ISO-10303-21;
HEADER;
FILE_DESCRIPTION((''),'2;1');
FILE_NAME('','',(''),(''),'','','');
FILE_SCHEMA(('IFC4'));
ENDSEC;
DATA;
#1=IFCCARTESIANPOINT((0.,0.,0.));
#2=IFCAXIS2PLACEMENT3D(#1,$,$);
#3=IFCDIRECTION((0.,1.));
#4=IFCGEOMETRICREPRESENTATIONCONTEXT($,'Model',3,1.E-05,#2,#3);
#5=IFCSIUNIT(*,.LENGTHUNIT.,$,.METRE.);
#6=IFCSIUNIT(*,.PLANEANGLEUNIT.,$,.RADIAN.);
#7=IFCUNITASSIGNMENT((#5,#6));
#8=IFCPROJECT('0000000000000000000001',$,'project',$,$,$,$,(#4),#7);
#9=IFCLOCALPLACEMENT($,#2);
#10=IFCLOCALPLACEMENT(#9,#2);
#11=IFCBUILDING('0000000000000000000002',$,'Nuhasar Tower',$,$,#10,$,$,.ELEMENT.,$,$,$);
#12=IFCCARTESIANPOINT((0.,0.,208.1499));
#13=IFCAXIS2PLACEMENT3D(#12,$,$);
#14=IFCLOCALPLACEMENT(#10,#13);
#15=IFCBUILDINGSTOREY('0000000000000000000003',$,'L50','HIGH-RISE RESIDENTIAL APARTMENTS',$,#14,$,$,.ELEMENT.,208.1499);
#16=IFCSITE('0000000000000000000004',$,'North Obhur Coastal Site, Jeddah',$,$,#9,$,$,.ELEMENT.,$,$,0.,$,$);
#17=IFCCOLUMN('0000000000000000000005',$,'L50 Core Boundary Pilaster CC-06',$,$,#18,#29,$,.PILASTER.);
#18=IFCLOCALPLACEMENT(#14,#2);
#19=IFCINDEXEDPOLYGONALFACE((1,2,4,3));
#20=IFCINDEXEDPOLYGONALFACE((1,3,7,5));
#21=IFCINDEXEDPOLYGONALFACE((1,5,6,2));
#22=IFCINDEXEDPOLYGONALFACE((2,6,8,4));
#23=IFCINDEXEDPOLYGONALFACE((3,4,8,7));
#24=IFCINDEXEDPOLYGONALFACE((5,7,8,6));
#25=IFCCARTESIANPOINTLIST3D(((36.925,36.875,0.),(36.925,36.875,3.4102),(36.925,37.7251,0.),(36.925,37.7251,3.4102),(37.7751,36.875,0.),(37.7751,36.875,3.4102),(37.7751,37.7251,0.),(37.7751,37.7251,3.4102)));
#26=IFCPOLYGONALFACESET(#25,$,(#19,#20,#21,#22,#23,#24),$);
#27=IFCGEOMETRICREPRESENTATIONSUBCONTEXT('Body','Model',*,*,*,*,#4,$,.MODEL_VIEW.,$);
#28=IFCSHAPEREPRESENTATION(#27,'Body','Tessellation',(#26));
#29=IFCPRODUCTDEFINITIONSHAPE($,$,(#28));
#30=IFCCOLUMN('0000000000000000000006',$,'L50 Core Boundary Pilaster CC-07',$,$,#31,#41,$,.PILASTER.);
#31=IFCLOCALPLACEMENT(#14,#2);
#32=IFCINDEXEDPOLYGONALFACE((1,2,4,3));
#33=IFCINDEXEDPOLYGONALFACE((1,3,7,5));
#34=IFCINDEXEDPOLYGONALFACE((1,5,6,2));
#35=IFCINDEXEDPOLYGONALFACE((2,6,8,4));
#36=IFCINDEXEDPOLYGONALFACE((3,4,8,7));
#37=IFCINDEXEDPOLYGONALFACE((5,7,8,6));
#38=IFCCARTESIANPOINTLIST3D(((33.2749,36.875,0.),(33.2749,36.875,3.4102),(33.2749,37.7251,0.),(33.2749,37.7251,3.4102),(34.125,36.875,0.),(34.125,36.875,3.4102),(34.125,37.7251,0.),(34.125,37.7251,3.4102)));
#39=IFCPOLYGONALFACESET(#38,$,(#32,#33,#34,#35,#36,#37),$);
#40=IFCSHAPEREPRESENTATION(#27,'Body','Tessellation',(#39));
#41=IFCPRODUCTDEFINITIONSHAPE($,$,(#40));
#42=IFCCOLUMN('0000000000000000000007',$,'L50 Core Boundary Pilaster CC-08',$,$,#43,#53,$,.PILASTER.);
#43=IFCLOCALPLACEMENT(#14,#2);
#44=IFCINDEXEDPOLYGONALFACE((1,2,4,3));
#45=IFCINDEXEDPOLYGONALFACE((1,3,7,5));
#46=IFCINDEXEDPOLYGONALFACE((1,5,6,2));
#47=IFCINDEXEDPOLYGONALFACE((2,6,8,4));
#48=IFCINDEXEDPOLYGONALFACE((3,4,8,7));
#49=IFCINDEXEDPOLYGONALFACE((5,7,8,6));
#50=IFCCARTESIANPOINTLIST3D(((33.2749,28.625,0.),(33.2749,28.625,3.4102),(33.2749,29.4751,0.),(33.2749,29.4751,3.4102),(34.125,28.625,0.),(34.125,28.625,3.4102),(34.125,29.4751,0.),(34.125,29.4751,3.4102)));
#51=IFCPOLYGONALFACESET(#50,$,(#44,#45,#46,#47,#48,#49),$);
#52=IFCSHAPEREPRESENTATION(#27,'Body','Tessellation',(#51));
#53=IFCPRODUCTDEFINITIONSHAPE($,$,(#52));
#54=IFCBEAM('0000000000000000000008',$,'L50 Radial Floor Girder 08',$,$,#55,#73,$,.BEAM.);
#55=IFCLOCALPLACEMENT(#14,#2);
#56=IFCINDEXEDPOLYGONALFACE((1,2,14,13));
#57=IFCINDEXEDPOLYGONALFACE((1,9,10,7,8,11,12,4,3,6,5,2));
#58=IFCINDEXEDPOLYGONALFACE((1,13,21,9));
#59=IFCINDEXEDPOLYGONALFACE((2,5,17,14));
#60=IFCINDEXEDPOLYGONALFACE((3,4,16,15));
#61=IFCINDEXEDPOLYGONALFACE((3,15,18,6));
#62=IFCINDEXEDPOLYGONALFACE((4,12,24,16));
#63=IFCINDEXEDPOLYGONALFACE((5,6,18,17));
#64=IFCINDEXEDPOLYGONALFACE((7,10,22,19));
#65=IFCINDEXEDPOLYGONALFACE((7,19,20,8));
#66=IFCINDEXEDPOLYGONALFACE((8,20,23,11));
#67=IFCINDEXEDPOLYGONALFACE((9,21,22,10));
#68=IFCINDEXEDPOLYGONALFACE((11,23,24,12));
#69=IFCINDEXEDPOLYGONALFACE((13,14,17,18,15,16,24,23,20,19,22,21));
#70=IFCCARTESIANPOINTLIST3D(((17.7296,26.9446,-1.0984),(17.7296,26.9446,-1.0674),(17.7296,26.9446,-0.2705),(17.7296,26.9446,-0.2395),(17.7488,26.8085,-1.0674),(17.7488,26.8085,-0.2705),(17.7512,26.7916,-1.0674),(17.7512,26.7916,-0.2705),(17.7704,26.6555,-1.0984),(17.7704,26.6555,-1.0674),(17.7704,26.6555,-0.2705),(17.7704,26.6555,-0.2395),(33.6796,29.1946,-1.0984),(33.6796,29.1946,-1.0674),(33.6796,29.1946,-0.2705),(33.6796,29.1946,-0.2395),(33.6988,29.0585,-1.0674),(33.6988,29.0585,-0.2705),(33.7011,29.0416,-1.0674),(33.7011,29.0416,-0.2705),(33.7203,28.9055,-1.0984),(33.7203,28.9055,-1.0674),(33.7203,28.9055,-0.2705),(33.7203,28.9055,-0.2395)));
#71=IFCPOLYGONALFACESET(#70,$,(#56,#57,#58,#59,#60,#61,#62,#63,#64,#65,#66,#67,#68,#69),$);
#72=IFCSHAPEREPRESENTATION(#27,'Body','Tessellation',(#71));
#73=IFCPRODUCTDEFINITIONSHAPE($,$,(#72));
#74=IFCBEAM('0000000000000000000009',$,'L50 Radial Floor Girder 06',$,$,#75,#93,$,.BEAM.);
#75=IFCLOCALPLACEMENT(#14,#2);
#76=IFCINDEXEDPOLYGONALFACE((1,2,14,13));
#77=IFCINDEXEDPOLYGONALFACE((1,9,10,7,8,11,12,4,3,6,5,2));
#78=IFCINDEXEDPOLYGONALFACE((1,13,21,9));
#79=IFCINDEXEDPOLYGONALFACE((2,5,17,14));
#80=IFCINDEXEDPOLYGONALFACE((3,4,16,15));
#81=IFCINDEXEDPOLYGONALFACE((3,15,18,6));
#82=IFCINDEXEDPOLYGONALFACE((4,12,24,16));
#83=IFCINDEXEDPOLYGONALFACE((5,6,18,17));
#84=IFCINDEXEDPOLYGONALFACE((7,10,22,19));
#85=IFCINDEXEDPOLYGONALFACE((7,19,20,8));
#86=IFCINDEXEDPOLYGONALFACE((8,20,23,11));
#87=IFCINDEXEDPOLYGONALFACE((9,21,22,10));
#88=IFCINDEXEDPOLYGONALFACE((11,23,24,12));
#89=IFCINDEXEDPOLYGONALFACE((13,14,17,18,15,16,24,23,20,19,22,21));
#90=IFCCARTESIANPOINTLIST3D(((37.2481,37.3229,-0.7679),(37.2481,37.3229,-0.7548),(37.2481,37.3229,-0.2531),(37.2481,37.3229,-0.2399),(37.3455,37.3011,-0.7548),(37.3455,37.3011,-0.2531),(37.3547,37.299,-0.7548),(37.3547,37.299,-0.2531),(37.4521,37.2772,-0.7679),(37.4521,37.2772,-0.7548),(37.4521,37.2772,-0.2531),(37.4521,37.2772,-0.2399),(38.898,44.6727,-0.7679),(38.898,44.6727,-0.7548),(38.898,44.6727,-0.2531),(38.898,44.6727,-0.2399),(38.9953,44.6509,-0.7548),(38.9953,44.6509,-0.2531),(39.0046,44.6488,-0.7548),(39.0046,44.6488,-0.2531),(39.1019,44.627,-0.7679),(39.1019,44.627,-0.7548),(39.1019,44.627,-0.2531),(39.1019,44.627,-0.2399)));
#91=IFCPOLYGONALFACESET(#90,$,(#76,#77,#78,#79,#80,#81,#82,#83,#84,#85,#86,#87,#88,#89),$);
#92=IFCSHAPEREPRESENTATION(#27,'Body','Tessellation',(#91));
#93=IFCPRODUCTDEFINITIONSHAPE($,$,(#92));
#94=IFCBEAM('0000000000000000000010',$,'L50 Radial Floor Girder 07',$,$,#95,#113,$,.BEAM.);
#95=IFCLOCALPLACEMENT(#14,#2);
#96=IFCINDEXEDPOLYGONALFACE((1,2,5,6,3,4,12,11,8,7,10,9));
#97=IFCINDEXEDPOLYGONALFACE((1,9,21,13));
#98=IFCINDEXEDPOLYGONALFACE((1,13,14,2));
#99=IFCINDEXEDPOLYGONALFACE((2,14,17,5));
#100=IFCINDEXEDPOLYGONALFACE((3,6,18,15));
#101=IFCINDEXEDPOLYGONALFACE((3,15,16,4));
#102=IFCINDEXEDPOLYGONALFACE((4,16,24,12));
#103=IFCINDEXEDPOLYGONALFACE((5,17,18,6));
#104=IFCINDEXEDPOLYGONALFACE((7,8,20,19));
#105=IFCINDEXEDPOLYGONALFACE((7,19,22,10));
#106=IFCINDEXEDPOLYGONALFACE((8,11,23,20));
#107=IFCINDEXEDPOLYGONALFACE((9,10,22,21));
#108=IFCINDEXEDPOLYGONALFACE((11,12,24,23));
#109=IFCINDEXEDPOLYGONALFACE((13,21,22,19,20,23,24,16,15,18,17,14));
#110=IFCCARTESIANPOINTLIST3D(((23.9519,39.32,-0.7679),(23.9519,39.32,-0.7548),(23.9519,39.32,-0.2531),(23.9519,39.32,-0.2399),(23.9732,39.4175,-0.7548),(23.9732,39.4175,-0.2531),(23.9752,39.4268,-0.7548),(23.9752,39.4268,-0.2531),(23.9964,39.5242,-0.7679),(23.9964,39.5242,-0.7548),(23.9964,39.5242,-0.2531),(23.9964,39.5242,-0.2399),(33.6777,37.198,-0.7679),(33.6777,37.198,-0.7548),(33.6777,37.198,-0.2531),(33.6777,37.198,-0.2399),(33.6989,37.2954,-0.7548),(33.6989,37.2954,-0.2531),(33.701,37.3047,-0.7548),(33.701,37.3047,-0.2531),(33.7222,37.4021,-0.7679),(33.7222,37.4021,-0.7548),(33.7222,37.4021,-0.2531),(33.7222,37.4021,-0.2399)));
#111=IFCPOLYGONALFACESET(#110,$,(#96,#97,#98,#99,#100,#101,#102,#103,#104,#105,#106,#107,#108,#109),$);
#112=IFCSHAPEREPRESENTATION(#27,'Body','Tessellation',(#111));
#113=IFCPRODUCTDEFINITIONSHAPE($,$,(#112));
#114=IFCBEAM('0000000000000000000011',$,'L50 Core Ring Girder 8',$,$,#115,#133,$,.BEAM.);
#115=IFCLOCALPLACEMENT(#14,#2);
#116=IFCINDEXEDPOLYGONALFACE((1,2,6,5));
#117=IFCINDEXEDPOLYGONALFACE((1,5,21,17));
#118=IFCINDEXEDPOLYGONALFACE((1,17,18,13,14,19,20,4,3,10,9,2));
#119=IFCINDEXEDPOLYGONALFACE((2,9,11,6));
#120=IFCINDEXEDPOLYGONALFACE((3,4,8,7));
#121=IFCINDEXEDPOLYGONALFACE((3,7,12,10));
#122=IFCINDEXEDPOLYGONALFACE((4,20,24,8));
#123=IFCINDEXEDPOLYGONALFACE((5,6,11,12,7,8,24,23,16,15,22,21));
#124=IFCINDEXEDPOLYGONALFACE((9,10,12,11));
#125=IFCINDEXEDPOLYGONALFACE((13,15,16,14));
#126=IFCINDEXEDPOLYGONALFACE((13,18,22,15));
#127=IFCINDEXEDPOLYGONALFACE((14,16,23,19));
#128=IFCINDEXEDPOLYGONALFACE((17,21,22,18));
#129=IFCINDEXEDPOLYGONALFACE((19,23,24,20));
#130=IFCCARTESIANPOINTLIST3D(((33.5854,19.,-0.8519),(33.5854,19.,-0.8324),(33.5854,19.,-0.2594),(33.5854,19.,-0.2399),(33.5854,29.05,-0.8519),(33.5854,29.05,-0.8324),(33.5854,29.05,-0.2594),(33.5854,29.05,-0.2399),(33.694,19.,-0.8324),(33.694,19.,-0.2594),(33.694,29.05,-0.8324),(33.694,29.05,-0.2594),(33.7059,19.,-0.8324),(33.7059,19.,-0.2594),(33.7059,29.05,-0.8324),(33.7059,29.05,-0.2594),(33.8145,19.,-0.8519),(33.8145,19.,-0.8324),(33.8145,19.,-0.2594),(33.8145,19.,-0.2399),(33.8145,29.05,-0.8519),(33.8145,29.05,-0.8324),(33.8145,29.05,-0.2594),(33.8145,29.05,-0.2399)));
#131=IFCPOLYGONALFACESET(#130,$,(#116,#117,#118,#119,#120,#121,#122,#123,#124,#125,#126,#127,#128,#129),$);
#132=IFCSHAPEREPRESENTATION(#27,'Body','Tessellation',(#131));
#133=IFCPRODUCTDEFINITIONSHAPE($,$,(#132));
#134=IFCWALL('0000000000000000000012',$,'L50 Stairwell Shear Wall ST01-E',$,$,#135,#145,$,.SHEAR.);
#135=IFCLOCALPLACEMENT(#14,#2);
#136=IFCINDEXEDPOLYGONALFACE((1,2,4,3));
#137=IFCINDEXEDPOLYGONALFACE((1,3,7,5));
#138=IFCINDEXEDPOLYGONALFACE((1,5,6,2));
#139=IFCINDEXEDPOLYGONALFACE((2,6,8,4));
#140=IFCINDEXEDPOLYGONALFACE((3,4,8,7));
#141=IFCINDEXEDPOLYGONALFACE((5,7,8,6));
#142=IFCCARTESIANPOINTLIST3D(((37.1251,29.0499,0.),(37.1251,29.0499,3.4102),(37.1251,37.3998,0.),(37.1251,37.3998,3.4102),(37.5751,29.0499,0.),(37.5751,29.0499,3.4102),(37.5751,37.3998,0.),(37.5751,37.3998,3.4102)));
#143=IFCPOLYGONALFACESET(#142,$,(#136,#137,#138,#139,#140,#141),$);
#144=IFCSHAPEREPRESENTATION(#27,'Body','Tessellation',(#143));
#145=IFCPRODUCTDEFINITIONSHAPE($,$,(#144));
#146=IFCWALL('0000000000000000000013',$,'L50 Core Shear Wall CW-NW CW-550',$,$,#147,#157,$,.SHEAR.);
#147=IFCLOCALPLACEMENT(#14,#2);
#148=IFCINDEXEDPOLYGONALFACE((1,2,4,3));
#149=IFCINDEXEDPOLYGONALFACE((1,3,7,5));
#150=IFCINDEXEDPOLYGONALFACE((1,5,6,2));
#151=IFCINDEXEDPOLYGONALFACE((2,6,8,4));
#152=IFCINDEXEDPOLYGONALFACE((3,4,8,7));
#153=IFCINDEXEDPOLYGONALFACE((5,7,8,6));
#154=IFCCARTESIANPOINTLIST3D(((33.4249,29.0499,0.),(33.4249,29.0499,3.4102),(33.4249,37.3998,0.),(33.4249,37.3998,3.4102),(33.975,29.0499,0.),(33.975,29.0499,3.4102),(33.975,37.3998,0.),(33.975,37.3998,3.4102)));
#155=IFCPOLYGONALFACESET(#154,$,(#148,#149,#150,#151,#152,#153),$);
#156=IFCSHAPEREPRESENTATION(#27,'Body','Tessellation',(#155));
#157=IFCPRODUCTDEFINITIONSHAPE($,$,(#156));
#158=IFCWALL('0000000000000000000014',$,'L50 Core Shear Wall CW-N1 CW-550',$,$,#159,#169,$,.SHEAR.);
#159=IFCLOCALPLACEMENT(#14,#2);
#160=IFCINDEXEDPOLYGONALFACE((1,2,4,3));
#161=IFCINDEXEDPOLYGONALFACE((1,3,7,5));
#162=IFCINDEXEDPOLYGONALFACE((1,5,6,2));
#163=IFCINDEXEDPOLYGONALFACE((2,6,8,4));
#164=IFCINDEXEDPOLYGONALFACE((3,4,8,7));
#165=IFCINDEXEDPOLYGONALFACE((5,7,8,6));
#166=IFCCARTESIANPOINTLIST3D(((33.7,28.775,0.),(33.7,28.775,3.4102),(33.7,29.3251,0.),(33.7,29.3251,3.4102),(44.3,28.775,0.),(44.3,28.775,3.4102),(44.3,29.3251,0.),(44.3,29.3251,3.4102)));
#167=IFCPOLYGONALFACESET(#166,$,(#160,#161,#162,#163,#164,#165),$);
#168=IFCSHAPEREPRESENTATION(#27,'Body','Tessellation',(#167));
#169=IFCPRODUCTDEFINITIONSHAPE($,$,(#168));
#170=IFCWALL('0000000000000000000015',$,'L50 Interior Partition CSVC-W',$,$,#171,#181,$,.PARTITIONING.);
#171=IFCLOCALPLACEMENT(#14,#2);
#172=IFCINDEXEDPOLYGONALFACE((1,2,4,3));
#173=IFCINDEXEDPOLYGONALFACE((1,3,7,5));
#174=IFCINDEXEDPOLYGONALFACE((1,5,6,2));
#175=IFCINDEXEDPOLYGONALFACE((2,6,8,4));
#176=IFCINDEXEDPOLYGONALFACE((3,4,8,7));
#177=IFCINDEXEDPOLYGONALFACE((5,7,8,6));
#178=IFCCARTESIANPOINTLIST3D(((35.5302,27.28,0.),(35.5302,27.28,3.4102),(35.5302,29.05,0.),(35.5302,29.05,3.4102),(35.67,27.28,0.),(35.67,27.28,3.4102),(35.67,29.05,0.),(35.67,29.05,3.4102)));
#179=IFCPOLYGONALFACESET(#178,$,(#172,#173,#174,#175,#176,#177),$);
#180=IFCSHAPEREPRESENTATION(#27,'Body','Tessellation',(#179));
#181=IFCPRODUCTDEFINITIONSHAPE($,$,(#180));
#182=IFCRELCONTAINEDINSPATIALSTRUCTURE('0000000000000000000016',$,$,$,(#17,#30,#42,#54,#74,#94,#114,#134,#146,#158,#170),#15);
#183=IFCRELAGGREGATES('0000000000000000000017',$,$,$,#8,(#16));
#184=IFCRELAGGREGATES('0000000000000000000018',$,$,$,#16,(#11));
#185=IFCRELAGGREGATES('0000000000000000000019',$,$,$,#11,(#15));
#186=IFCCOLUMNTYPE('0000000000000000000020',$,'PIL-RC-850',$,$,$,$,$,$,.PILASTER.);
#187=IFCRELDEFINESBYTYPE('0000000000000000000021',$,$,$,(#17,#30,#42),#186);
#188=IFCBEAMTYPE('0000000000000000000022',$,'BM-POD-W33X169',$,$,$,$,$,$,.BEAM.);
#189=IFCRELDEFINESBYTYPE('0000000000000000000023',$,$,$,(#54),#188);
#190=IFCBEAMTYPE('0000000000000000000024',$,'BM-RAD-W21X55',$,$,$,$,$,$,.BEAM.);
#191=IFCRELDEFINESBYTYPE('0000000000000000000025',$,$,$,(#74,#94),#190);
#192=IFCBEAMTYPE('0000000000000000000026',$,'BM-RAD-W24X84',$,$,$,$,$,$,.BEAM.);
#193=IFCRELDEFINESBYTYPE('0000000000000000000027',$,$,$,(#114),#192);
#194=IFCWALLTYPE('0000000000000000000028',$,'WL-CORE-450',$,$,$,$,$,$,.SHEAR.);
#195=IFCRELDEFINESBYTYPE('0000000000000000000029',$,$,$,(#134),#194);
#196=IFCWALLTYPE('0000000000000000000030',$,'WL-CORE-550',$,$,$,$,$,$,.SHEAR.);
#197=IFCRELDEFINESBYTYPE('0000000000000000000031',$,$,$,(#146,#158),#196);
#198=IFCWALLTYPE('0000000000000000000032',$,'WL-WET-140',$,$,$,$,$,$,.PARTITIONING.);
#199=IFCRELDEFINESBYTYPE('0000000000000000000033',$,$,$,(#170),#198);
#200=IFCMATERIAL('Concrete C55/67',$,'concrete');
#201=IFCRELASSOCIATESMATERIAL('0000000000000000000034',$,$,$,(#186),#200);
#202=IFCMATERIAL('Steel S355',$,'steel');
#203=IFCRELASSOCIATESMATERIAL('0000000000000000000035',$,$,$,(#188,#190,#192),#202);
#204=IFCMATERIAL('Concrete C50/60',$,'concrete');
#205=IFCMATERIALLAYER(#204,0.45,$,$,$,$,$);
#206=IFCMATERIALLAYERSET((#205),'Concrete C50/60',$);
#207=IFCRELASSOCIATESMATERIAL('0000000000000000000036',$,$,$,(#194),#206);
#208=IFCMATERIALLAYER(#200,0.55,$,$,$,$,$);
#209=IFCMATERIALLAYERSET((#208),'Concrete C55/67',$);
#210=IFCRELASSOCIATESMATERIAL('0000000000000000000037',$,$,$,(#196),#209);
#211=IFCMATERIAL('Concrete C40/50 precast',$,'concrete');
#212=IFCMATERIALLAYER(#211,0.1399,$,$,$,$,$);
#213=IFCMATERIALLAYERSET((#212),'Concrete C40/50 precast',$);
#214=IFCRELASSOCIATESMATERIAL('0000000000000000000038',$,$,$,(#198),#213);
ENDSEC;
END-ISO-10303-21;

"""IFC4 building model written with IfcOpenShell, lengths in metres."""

from ifc_helpers import new_model, si_unit, direction, frame, frame_2d, origin, origin_2d, place, context, subcontext, project, spatial, rectangle, i_section, extrude, material, layer, layer_set, material_profile, profile_set, type_object, element, save


model = new_model("IFC4")

# Units and contexts
model_context = context("Model", 3, precision=1e-05, world=origin(), true_north=direction((0.0, 1.0)))
body_context = subcontext(model_context, "Body", "Model", "MODEL_VIEW")
ifc_project = project(units=[si_unit("LENGTHUNIT", "METRE"), si_unit("PLANEANGLEUNIT", "RADIAN")], contexts=[model_context])

# Site, building, storey
site_placement = place(None, origin())
site = spatial("IfcSite", under=ifc_project, at=site_placement, Name="North Obhur Coastal Site, Jeddah", CompositionType="ELEMENT", RefElevation=0.0)
building_placement = place(site_placement, origin())
building = spatial("IfcBuilding", under=site, at=building_placement, Name="Nuhasar Tower", CompositionType="ELEMENT")
storey_placement = place(building_placement, frame((0.0, 0.0, 208.1499)))
storey = spatial("IfcBuildingStorey", under=building, at=storey_placement, Name="L50", Description="HIGH-RISE RESIDENTIAL APARTMENTS", CompositionType="ELEMENT", Elevation=208.1499)

# Columns
ifc_material_1 = material(Name="Concrete C55/67", Category="concrete")
ifc_material_profile_1 = material_profile(ifc_material_1, rectangle(XDim=0.8501, YDim=0.8501, at=origin_2d()), Name="RC850X850")
ifc_profile_set_1 = profile_set([ifc_material_profile_1], Name="Concrete C55/67")
column_type = type_object("IfcColumnType", Name="PIL-RC-850", PredefinedType="PILASTER", material=ifc_profile_set_1)
for number, where, z_axis, x_axis, name in (
    (1, (37.3501, 37.3, 0.0), (0.0, 0.0, 1.0), (1.0, 0.0, 0.0), "L50 Core Boundary Pilaster CC-06"),
    (2, (33.7, 37.3, 0.0), (0.0, 0.0, 1.0), (1.0, 0.0, 0.0), "L50 Core Boundary Pilaster CC-07"),
    (3, (33.7, 29.05, 0.0), (0.0, 0.0, 1.0), (1.0, 0.0, 0.0), "L50 Core Boundary Pilaster CC-08"),
):
    element("IfcColumn", number, at=place(storey_placement, frame(where, z_axis=z_axis, x_axis=x_axis)), inside=storey, type_object=column_type, Name=name, PredefinedType="PILASTER", context=body_context, shape_type="SweptSolid", body=[
        extrude(rectangle(XDim=0.8501, YDim=0.8501, at=origin_2d()), origin(), (0.0, 0.0, 1.0), 3.4102),
    ])

# Beams
ifc_material_2 = material(Name="Steel S355", Category="steel")
ifc_material_profile_2 = material_profile(ifc_material_2, i_section(OverallWidth=0.292, OverallDepth=0.8589, WebThickness=0.0171, FlangeThickness=0.031, at=origin_2d()), Name="W33X169")
ifc_profile_set_2 = profile_set([ifc_material_profile_2], Name="Steel S355")
beam_type_1 = type_object("IfcBeamType", Name="BM-POD-W33X169", PredefinedType="BEAM", material=ifc_profile_set_2)
beam_1_placement = place(storey_placement, frame((33.7, 29.05, -0.6689), z_axis=(-0.990196, -0.139683, 0.0), x_axis=(0.139683, -0.990196, 0.0)))
element("IfcBeam", 4, at=beam_1_placement, inside=storey, type_object=beam_type_1, Name="L50 Radial Floor Girder 08", PredefinedType="BEAM", context=body_context, shape_type="SweptSolid", body=[
    extrude(i_section(OverallWidth=0.292, OverallDepth=0.8589, WebThickness=0.0171, FlangeThickness=0.031, at=origin_2d()), origin(), (0.0, 0.0, 1.0), 16.1079),
])
ifc_material_profile_3 = material_profile(ifc_material_2, i_section(OverallWidth=0.209, OverallDepth=0.5281, WebThickness=0.0095, FlangeThickness=0.0132, at=origin_2d()), Name="W21X55")
ifc_profile_set_3 = profile_set([ifc_material_profile_3], Name="Steel S355")
beam_type_2 = type_object("IfcBeamType", Name="BM-RAD-W21X55", PredefinedType="BEAM", material=ifc_profile_set_3)
beam_2_placement = place(storey_placement, frame((37.3501, 37.3, -0.5039), z_axis=(0.21903, 0.975718, 0.0), x_axis=(-0.975718, 0.21903, 0.0)))
element("IfcBeam", 5, at=beam_2_placement, inside=storey, type_object=beam_type_2, Name="L50 Radial Floor Girder 06", PredefinedType="BEAM", context=body_context, shape_type="SweptSolid", body=[
    extrude(i_section(OverallWidth=0.209, OverallDepth=0.5281, WebThickness=0.0095, FlangeThickness=0.0132, at=origin_2d()), origin(), (0.0, 0.0, 1.0), 7.5327),
])
beam_3_placement = place(storey_placement, frame((33.7, 37.3, -0.5039), z_axis=(-0.977014, 0.213174, 0.0), x_axis=(-0.213174, -0.977014, 0.0)))
element("IfcBeam", 6, at=beam_3_placement, inside=storey, type_object=beam_type_2, Name="L50 Radial Floor Girder 07", PredefinedType="BEAM", context=body_context, shape_type="SweptSolid", body=[
    extrude(i_section(OverallWidth=0.209, OverallDepth=0.5281, WebThickness=0.0095, FlangeThickness=0.0132, at=origin_2d()), origin(), (0.0, 0.0, 1.0), 9.9546),
])
ifc_material_profile_4 = material_profile(ifc_material_2, i_section(OverallWidth=0.229, OverallDepth=0.6121, WebThickness=0.012, FlangeThickness=0.0195, at=origin_2d()), Name="W24X84")
ifc_profile_set_4 = profile_set([ifc_material_profile_4], Name="Steel S355")
beam_type_3 = type_object("IfcBeamType", Name="BM-RAD-W24X84", PredefinedType="BEAM", material=ifc_profile_set_4)
beam_4_placement = place(storey_placement, frame((33.7, 29.05, -0.5459), z_axis=(0.0, -1.0, 0.0), x_axis=(1.0, 0.0, 0.0)))
element("IfcBeam", 7, at=beam_4_placement, inside=storey, type_object=beam_type_3, Name="L50 Core Ring Girder 8", PredefinedType="BEAM", context=body_context, shape_type="SweptSolid", body=[
    extrude(i_section(OverallWidth=0.229, OverallDepth=0.6121, WebThickness=0.012, FlangeThickness=0.0195, at=origin_2d()), origin(), (0.0, 0.0, 1.0), 10.05),
])

# Walls
ifc_material_3 = material(Name="Concrete C50/60", Category="concrete")
ifc_layer_1 = layer(ifc_material_3, 0.45)
ifc_layer_set_1 = layer_set([ifc_layer_1], Name="Concrete C50/60")
wall_type_1 = type_object("IfcWallType", Name="WL-CORE-450", PredefinedType="SHEAR", material=ifc_layer_set_1)
wall_1_placement = place(storey_placement, frame((37.3501, 29.05, 0.0), z_axis=(0.0, 0.0, 1.0), x_axis=(0.0, 1.0, 0.0)))
element("IfcWall", 8, at=wall_1_placement, inside=storey, type_object=wall_type_1, Name="L50 Stairwell Shear Wall ST01-E", PredefinedType="SHEAR", context=body_context, shape_type="SweptSolid", body=[
    extrude(rectangle(XDim=8.3499, YDim=0.45, at=frame_2d((4.1748, 0.0))), origin(), (0.0, 0.0, 1.0), 3.4102),
])
ifc_layer_2 = layer(ifc_material_1, 0.55)
ifc_layer_set_2 = layer_set([ifc_layer_2], Name="Concrete C55/67")
wall_type_2 = type_object("IfcWallType", Name="WL-CORE-550", PredefinedType="SHEAR", material=ifc_layer_set_2)
wall_2_placement = place(storey_placement, frame((33.7, 29.05, 0.0), z_axis=(0.0, 0.0, 1.0), x_axis=(0.0, 1.0, 0.0)))
element("IfcWall", 9, at=wall_2_placement, inside=storey, type_object=wall_type_2, Name="L50 Core Shear Wall CW-NW CW-550", PredefinedType="SHEAR", context=body_context, shape_type="SweptSolid", body=[
    extrude(rectangle(XDim=8.3499, YDim=0.55, at=frame_2d((4.1748, 0.0))), origin(), (0.0, 0.0, 1.0), 3.4102),
])
wall_3_placement = place(storey_placement, frame((33.7, 29.05, 0.0), z_axis=(0.0, 0.0, 1.0), x_axis=(1.0, 0.0, 0.0)))
element("IfcWall", 10, at=wall_3_placement, inside=storey, type_object=wall_type_2, Name="L50 Core Shear Wall CW-N1 CW-550", PredefinedType="SHEAR", context=body_context, shape_type="SweptSolid", body=[
    extrude(rectangle(XDim=10.6001, YDim=0.55, at=frame_2d((5.3, 0.0))), origin(), (0.0, 0.0, 1.0), 3.4102),
])
ifc_material_4 = material(Name="Concrete C40/50 precast", Category="concrete")
ifc_layer_3 = layer(ifc_material_4, 0.1399)
ifc_layer_set_3 = layer_set([ifc_layer_3], Name="Concrete C40/50 precast")
wall_type_3 = type_object("IfcWallType", Name="WL-WET-140", PredefinedType="PARTITIONING", material=ifc_layer_set_3)
wall_4_placement = place(storey_placement, frame((35.6001, 27.28, 0.0), z_axis=(0.0, 0.0, 1.0), x_axis=(0.0, 1.0, 0.0)))
element("IfcWall", 11, at=wall_4_placement, inside=storey, type_object=wall_type_3, Name="L50 Interior Partition CSVC-W", PredefinedType="PARTITIONING", context=body_context, shape_type="SweptSolid", body=[
    extrude(rectangle(XDim=1.77, YDim=0.1399, at=frame_2d((0.885, 0.0))), origin(), (0.0, 0.0, 1.0), 3.4102),
])

save(model, "model.ifc")
